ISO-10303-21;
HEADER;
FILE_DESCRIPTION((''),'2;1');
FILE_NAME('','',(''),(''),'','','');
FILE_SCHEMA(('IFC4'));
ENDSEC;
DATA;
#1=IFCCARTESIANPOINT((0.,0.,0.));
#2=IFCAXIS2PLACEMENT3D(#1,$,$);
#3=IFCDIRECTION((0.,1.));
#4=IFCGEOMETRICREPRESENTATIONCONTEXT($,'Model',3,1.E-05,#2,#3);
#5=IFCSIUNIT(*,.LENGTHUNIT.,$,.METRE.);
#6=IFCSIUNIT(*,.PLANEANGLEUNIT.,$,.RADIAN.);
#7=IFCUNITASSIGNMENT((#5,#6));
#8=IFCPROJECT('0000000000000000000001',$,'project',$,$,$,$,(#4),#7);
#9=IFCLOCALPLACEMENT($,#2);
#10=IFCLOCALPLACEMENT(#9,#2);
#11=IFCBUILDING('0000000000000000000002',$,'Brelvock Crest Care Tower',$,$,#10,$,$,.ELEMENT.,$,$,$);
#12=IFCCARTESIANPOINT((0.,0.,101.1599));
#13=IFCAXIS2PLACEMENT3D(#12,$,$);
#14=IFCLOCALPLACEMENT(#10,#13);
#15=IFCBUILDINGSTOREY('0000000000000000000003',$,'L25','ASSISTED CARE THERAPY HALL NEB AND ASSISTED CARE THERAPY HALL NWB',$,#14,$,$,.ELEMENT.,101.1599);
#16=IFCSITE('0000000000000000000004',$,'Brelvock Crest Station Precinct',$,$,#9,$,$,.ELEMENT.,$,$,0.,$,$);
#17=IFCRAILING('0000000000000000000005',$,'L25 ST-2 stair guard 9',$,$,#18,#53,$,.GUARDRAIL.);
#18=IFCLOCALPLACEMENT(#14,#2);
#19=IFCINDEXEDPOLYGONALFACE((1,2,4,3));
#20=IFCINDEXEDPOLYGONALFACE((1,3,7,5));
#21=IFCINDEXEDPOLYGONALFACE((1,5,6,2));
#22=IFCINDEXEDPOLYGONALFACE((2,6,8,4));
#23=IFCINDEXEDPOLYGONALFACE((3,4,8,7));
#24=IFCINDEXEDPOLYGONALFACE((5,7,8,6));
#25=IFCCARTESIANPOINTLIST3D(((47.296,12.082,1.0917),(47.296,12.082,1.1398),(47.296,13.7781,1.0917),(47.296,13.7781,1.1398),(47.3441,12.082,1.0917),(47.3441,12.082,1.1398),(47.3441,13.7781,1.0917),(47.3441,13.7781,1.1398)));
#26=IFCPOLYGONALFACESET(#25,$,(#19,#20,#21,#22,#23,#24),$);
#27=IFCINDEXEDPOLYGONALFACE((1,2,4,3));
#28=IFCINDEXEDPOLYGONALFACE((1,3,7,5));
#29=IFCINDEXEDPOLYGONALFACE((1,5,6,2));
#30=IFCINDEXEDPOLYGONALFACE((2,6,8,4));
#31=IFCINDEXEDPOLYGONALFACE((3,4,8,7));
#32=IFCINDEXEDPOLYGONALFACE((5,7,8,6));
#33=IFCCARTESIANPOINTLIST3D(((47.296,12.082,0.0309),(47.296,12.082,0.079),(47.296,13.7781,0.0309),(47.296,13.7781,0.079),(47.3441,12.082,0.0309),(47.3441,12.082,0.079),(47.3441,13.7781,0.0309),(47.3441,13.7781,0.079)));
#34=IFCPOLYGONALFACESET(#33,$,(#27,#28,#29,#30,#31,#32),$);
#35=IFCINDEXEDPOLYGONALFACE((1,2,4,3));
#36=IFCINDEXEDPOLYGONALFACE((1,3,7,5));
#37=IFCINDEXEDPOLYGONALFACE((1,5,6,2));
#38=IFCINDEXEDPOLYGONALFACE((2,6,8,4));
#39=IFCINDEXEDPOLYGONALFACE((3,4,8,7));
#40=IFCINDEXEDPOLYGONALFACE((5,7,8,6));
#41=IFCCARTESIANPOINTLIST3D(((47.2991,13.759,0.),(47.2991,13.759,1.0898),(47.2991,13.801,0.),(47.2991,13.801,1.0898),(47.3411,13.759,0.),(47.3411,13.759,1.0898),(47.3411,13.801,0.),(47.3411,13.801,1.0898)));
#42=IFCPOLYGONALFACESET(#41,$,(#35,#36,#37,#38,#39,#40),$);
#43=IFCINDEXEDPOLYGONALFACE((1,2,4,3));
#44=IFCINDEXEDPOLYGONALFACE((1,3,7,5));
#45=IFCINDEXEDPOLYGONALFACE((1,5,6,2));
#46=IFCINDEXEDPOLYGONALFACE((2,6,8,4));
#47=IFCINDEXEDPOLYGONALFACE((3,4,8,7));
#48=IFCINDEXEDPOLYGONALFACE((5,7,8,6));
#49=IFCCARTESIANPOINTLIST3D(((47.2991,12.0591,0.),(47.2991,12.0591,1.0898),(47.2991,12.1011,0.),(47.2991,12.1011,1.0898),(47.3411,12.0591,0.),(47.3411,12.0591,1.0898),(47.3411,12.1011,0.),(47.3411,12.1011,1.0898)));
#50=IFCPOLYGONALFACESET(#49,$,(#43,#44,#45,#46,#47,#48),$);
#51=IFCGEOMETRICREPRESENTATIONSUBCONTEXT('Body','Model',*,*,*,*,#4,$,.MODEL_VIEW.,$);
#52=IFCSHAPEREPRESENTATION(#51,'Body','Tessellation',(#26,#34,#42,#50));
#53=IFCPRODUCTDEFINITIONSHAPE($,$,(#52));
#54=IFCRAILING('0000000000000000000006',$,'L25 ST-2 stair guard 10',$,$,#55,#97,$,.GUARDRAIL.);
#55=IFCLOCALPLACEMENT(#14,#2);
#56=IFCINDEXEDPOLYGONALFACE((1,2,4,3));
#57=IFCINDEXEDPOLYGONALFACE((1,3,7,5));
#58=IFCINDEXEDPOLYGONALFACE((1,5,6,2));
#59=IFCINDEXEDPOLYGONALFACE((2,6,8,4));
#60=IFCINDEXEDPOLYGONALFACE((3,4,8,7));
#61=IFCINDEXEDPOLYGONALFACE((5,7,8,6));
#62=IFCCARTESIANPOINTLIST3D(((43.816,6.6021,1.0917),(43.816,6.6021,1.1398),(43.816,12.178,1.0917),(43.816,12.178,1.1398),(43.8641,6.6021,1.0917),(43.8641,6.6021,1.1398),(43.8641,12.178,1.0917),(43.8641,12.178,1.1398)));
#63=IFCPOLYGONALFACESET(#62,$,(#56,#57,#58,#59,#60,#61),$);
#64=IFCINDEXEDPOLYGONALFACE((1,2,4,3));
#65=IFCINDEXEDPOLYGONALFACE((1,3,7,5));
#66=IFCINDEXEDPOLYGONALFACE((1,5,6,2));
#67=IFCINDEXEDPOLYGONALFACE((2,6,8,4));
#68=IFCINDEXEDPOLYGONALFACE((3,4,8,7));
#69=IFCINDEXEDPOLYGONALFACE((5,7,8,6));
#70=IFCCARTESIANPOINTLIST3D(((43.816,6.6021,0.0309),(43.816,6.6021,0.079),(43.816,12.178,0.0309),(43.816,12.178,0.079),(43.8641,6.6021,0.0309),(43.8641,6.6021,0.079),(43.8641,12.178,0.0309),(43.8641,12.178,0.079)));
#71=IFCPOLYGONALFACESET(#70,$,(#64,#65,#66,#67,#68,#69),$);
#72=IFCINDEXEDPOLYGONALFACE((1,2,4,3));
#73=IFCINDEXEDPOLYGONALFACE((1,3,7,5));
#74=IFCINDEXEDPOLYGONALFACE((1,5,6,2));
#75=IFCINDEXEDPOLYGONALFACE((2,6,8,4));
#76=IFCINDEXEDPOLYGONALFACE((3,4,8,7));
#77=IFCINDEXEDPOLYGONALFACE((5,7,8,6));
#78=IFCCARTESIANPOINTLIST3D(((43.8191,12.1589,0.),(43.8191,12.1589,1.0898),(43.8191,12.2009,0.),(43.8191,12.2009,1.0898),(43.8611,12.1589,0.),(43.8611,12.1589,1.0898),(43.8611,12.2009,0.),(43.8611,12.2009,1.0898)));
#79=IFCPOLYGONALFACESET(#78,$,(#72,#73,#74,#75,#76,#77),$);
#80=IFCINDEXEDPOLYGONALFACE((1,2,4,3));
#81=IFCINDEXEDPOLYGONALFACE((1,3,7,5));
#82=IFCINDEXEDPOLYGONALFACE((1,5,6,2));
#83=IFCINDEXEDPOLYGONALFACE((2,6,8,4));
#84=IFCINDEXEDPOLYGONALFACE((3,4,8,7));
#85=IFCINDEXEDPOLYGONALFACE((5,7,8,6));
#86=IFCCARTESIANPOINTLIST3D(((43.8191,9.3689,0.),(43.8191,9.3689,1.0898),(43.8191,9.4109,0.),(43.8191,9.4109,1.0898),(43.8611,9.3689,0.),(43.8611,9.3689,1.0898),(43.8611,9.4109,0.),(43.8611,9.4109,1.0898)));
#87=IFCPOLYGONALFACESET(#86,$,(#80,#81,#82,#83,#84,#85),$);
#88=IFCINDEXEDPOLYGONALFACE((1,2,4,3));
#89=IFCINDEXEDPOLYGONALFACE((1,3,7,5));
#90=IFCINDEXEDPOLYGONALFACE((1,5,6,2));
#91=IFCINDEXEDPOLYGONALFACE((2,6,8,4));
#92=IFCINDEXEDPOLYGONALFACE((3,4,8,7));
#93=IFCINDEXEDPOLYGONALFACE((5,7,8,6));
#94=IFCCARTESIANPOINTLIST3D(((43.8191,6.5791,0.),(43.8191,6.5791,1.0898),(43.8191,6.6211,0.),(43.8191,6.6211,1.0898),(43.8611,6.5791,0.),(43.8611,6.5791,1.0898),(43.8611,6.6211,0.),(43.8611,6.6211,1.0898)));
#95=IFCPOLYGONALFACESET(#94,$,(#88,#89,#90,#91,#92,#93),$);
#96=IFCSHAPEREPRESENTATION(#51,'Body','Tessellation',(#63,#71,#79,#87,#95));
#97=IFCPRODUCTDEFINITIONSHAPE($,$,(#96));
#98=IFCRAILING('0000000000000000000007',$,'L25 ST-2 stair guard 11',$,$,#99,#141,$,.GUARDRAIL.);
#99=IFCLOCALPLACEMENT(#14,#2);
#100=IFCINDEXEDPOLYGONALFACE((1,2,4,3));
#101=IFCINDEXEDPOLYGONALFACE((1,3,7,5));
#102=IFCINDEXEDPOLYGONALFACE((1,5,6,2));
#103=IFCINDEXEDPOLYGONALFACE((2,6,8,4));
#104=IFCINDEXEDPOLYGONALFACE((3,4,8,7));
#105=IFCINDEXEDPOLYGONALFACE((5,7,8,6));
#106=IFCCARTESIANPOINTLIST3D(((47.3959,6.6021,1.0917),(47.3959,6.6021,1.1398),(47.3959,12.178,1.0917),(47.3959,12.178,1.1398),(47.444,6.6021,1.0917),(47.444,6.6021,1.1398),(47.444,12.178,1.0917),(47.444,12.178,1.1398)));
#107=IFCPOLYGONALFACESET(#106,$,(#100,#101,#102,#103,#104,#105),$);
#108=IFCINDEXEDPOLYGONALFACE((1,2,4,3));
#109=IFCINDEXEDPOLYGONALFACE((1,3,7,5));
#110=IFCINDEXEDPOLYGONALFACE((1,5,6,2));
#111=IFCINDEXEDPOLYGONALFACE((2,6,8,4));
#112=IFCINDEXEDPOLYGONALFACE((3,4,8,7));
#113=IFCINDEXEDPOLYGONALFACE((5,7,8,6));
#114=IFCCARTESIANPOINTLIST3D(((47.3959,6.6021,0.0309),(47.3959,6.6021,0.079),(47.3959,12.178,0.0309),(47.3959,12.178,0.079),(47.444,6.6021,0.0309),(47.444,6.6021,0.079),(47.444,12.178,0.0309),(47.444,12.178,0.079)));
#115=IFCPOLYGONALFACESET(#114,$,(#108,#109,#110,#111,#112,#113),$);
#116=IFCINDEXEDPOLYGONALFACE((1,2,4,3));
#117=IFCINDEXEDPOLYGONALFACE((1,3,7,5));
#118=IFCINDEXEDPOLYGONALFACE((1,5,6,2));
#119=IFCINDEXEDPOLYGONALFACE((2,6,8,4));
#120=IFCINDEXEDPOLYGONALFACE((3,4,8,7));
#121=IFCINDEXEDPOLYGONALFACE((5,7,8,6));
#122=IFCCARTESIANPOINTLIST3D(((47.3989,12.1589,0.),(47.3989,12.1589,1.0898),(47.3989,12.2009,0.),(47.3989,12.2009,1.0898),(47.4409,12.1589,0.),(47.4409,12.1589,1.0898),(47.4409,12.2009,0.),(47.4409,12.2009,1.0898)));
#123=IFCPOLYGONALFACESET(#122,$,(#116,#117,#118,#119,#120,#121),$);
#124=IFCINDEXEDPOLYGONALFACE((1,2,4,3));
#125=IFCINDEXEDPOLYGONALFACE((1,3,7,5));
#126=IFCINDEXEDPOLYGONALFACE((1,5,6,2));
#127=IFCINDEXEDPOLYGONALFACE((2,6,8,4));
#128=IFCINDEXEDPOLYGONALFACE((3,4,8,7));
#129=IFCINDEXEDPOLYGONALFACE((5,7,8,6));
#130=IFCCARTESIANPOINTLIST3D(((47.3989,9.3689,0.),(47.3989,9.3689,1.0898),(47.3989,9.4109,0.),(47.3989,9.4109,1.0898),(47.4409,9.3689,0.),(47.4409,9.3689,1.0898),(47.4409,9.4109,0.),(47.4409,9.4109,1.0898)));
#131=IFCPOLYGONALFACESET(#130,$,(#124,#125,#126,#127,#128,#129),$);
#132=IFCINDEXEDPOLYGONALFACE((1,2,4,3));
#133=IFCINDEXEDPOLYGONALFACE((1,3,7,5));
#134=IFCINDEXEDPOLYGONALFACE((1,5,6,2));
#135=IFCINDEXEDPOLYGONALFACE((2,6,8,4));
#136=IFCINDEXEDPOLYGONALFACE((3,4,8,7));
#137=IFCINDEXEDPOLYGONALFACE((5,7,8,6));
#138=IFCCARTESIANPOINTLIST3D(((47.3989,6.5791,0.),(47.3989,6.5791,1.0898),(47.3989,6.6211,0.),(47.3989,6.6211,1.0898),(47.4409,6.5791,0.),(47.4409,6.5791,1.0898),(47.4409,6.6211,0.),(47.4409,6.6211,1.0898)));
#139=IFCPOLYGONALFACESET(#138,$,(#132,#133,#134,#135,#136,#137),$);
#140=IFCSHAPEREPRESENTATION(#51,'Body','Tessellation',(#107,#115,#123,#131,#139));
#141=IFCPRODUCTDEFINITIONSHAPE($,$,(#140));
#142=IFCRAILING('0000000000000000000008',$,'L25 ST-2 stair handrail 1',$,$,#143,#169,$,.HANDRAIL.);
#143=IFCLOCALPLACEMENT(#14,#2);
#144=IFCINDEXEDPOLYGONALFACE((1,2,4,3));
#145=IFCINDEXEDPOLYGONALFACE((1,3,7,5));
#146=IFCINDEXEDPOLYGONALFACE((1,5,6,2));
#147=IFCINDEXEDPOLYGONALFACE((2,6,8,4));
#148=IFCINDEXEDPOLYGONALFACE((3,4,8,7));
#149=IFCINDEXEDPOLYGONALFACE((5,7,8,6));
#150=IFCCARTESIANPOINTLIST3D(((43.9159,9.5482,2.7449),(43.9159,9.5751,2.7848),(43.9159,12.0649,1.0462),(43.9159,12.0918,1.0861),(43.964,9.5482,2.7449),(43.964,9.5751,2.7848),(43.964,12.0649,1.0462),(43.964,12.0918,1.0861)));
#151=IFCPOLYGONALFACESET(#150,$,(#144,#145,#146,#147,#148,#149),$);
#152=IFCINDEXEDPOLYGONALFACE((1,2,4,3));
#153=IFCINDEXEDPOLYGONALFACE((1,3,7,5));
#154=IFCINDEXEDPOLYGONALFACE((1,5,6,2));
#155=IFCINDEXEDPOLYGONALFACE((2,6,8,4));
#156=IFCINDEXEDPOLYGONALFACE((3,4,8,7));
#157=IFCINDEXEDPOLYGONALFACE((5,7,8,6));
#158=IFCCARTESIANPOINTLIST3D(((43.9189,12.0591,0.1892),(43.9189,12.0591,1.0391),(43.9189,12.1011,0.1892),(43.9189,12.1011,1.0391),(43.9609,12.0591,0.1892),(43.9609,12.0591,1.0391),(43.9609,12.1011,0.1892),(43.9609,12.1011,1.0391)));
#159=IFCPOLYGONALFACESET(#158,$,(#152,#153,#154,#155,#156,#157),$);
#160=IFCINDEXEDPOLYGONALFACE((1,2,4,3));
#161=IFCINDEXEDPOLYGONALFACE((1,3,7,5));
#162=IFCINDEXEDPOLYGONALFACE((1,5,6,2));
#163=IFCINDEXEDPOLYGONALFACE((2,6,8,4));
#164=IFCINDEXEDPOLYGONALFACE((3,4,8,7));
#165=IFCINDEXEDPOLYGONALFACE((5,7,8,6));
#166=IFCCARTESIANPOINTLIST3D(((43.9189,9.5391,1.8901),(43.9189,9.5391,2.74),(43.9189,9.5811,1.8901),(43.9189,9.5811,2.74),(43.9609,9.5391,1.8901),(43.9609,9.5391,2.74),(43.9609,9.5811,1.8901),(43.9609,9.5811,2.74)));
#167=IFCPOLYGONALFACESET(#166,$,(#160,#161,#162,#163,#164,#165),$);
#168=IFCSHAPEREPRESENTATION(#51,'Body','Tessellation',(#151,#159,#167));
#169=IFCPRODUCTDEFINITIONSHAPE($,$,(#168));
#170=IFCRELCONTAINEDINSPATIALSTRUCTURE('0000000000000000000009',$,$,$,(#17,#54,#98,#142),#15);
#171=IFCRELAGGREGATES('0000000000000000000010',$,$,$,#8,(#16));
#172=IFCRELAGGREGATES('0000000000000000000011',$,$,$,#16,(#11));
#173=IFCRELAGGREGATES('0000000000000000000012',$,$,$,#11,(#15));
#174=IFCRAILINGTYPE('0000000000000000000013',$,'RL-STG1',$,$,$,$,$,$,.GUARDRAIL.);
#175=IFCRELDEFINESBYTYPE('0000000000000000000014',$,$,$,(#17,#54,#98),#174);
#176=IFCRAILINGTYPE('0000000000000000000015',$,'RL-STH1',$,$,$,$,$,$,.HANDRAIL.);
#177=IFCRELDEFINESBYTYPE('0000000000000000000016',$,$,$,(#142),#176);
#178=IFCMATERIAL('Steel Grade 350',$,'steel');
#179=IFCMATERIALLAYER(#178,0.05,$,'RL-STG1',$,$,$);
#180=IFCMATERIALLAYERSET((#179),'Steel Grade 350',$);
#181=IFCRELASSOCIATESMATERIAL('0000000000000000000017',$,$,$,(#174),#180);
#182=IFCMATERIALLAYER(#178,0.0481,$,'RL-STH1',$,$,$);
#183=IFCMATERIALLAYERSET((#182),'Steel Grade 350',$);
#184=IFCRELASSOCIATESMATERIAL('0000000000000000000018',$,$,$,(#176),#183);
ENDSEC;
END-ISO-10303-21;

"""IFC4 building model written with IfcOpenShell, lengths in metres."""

from ifc_helpers import new_model, si_unit, direction, frame, origin, origin_2d, place, context, subcontext, project, spatial, rectangle, extrude, material, layer, layer_set, type_object, element, save


model = new_model("IFC4")

# Units and contexts
model_context = context("Model", 3, precision=1e-05, world=origin(), true_north=direction((0.0, 1.0)))
body_context = subcontext(model_context, "Body", "Model", "MODEL_VIEW")
ifc_project = project(units=[si_unit("LENGTHUNIT", "METRE"), si_unit("PLANEANGLEUNIT", "RADIAN")], contexts=[model_context])

# Site, building, storey
site_placement = place(None, origin())
site = spatial("IfcSite", under=ifc_project, at=site_placement, Name="Brelvock Crest Station Precinct", CompositionType="ELEMENT", RefElevation=0.0)
building_placement = place(site_placement, origin())
building = spatial("IfcBuilding", under=site, at=building_placement, Name="Brelvock Crest Care Tower", CompositionType="ELEMENT")
storey_placement = place(building_placement, frame((0.0, 0.0, 101.1599)))
storey = spatial("IfcBuildingStorey", under=building, at=storey_placement, Name="L25", Description="ASSISTED CARE THERAPY HALL NEB AND ASSISTED CARE THERAPY HALL NWB", CompositionType="ELEMENT", Elevation=101.1599)

# Shared definitions
ifc_material_1 = material(Name="Steel Grade 350", Category="steel")

# Railings
ifc_layer_1 = layer(ifc_material_1, 0.05, Name="RL-STG1")
ifc_layer_set_1 = layer_set([ifc_layer_1], Name="Steel Grade 350")
railing_type_1 = type_object("IfcRailingType", Name="RL-STG1", PredefinedType="GUARDRAIL", material=ifc_layer_set_1)
for number, where, name in (
    (1, (47.3201, 13.78, 0.0), "L25 ST-2 stair guard 9"),
):
    element("IfcRailing", number, at=place(storey_placement, frame(where)), inside=storey, type_object=railing_type_1, Name=name, PredefinedType="GUARDRAIL", context=body_context, shape_type="SweptSolid", body=[
        extrude(rectangle(XDim=0.0481, YDim=0.0481, at=origin_2d()), frame((0.0, -0.002, 1.1157), z_axis=(0.0, -1.0, 0.0), x_axis=(1.0, 0.0, 0.0)), (0.0, 0.0, 1.0), 1.696),
        extrude(rectangle(XDim=0.0481, YDim=0.0481, at=origin_2d()), frame((0.0, -0.002, 0.0549), z_axis=(0.0, -1.0, 0.0), x_axis=(1.0, 0.0, 0.0)), (0.0, 0.0, 1.0), 1.696),
        extrude(rectangle(XDim=0.042, YDim=0.042, at=origin_2d()), origin(), (0.0, 0.0, 1.0), 1.0898),
        extrude(rectangle(XDim=0.042, YDim=0.042, at=origin_2d()), frame((0.0, -1.7, 0.0)), (0.0, 0.0, 1.0), 1.0898),
    ])
for number, where, name in (
    (2, (43.8401, 12.1799, 0.0), "L25 ST-2 stair guard 10"),
    (3, (47.4199, 12.1799, 0.0), "L25 ST-2 stair guard 11"),
):
    element("IfcRailing", number, at=place(storey_placement, frame(where)), inside=storey, type_object=railing_type_1, Name=name, PredefinedType="GUARDRAIL", context=body_context, shape_type="SweptSolid", body=[
        extrude(rectangle(XDim=0.0481, YDim=0.0481, at=origin_2d()), frame((0.0, -0.002, 1.1157), z_axis=(0.0, -1.0, 0.0), x_axis=(1.0, 0.0, 0.0)), (0.0, 0.0, 1.0), 5.5759),
        extrude(rectangle(XDim=0.0481, YDim=0.0481, at=origin_2d()), frame((0.0, -0.002, 0.0549), z_axis=(0.0, -1.0, 0.0), x_axis=(1.0, 0.0, 0.0)), (0.0, 0.0, 1.0), 5.5759),
        extrude(rectangle(XDim=0.042, YDim=0.042, at=origin_2d()), origin(), (0.0, 0.0, 1.0), 1.0898),
        extrude(rectangle(XDim=0.042, YDim=0.042, at=origin_2d()), frame((0.0, -2.79, 0.0)), (0.0, 0.0, 1.0), 1.0898),
        extrude(rectangle(XDim=0.042, YDim=0.042, at=origin_2d()), frame((0.0, -5.5798, 0.0)), (0.0, 0.0, 1.0), 1.0898),
    ])
ifc_layer_2 = layer(ifc_material_1, 0.0481, Name="RL-STH1")
ifc_layer_set_2 = layer_set([ifc_layer_2], Name="Steel Grade 350")
railing_type_2 = type_object("IfcRailingType", Name="RL-STH1", PredefinedType="HANDRAIL", material=ifc_layer_set_2)
railing_1_placement = place(storey_placement, frame((43.9399, 12.0801, 0.1892)))
element("IfcRailing", 4, at=railing_1_placement, inside=storey, type_object=railing_type_2, Name="L25 ST-2 stair handrail 1", PredefinedType="HANDRAIL", context=body_context, shape_type="SweptSolid", body=[
    extrude(rectangle(XDim=0.0481, YDim=0.0481, at=origin_2d()), frame((0.0, -0.0017, 0.877), z_axis=(0.0, -0.828862, 0.559454), x_axis=(1.0, 0.0, 0.0)), (0.0, 0.0, 1.0), 3.0364),
    extrude(rectangle(XDim=0.042, YDim=0.042, at=origin_2d()), origin(), (0.0, 0.0, 1.0), 0.8499),
    extrude(rectangle(XDim=0.042, YDim=0.042, at=origin_2d()), frame((0.0, -2.52, 1.7009)), (0.0, 0.0, 1.0), 0.8499),
])

save(model, "model.ifc")
